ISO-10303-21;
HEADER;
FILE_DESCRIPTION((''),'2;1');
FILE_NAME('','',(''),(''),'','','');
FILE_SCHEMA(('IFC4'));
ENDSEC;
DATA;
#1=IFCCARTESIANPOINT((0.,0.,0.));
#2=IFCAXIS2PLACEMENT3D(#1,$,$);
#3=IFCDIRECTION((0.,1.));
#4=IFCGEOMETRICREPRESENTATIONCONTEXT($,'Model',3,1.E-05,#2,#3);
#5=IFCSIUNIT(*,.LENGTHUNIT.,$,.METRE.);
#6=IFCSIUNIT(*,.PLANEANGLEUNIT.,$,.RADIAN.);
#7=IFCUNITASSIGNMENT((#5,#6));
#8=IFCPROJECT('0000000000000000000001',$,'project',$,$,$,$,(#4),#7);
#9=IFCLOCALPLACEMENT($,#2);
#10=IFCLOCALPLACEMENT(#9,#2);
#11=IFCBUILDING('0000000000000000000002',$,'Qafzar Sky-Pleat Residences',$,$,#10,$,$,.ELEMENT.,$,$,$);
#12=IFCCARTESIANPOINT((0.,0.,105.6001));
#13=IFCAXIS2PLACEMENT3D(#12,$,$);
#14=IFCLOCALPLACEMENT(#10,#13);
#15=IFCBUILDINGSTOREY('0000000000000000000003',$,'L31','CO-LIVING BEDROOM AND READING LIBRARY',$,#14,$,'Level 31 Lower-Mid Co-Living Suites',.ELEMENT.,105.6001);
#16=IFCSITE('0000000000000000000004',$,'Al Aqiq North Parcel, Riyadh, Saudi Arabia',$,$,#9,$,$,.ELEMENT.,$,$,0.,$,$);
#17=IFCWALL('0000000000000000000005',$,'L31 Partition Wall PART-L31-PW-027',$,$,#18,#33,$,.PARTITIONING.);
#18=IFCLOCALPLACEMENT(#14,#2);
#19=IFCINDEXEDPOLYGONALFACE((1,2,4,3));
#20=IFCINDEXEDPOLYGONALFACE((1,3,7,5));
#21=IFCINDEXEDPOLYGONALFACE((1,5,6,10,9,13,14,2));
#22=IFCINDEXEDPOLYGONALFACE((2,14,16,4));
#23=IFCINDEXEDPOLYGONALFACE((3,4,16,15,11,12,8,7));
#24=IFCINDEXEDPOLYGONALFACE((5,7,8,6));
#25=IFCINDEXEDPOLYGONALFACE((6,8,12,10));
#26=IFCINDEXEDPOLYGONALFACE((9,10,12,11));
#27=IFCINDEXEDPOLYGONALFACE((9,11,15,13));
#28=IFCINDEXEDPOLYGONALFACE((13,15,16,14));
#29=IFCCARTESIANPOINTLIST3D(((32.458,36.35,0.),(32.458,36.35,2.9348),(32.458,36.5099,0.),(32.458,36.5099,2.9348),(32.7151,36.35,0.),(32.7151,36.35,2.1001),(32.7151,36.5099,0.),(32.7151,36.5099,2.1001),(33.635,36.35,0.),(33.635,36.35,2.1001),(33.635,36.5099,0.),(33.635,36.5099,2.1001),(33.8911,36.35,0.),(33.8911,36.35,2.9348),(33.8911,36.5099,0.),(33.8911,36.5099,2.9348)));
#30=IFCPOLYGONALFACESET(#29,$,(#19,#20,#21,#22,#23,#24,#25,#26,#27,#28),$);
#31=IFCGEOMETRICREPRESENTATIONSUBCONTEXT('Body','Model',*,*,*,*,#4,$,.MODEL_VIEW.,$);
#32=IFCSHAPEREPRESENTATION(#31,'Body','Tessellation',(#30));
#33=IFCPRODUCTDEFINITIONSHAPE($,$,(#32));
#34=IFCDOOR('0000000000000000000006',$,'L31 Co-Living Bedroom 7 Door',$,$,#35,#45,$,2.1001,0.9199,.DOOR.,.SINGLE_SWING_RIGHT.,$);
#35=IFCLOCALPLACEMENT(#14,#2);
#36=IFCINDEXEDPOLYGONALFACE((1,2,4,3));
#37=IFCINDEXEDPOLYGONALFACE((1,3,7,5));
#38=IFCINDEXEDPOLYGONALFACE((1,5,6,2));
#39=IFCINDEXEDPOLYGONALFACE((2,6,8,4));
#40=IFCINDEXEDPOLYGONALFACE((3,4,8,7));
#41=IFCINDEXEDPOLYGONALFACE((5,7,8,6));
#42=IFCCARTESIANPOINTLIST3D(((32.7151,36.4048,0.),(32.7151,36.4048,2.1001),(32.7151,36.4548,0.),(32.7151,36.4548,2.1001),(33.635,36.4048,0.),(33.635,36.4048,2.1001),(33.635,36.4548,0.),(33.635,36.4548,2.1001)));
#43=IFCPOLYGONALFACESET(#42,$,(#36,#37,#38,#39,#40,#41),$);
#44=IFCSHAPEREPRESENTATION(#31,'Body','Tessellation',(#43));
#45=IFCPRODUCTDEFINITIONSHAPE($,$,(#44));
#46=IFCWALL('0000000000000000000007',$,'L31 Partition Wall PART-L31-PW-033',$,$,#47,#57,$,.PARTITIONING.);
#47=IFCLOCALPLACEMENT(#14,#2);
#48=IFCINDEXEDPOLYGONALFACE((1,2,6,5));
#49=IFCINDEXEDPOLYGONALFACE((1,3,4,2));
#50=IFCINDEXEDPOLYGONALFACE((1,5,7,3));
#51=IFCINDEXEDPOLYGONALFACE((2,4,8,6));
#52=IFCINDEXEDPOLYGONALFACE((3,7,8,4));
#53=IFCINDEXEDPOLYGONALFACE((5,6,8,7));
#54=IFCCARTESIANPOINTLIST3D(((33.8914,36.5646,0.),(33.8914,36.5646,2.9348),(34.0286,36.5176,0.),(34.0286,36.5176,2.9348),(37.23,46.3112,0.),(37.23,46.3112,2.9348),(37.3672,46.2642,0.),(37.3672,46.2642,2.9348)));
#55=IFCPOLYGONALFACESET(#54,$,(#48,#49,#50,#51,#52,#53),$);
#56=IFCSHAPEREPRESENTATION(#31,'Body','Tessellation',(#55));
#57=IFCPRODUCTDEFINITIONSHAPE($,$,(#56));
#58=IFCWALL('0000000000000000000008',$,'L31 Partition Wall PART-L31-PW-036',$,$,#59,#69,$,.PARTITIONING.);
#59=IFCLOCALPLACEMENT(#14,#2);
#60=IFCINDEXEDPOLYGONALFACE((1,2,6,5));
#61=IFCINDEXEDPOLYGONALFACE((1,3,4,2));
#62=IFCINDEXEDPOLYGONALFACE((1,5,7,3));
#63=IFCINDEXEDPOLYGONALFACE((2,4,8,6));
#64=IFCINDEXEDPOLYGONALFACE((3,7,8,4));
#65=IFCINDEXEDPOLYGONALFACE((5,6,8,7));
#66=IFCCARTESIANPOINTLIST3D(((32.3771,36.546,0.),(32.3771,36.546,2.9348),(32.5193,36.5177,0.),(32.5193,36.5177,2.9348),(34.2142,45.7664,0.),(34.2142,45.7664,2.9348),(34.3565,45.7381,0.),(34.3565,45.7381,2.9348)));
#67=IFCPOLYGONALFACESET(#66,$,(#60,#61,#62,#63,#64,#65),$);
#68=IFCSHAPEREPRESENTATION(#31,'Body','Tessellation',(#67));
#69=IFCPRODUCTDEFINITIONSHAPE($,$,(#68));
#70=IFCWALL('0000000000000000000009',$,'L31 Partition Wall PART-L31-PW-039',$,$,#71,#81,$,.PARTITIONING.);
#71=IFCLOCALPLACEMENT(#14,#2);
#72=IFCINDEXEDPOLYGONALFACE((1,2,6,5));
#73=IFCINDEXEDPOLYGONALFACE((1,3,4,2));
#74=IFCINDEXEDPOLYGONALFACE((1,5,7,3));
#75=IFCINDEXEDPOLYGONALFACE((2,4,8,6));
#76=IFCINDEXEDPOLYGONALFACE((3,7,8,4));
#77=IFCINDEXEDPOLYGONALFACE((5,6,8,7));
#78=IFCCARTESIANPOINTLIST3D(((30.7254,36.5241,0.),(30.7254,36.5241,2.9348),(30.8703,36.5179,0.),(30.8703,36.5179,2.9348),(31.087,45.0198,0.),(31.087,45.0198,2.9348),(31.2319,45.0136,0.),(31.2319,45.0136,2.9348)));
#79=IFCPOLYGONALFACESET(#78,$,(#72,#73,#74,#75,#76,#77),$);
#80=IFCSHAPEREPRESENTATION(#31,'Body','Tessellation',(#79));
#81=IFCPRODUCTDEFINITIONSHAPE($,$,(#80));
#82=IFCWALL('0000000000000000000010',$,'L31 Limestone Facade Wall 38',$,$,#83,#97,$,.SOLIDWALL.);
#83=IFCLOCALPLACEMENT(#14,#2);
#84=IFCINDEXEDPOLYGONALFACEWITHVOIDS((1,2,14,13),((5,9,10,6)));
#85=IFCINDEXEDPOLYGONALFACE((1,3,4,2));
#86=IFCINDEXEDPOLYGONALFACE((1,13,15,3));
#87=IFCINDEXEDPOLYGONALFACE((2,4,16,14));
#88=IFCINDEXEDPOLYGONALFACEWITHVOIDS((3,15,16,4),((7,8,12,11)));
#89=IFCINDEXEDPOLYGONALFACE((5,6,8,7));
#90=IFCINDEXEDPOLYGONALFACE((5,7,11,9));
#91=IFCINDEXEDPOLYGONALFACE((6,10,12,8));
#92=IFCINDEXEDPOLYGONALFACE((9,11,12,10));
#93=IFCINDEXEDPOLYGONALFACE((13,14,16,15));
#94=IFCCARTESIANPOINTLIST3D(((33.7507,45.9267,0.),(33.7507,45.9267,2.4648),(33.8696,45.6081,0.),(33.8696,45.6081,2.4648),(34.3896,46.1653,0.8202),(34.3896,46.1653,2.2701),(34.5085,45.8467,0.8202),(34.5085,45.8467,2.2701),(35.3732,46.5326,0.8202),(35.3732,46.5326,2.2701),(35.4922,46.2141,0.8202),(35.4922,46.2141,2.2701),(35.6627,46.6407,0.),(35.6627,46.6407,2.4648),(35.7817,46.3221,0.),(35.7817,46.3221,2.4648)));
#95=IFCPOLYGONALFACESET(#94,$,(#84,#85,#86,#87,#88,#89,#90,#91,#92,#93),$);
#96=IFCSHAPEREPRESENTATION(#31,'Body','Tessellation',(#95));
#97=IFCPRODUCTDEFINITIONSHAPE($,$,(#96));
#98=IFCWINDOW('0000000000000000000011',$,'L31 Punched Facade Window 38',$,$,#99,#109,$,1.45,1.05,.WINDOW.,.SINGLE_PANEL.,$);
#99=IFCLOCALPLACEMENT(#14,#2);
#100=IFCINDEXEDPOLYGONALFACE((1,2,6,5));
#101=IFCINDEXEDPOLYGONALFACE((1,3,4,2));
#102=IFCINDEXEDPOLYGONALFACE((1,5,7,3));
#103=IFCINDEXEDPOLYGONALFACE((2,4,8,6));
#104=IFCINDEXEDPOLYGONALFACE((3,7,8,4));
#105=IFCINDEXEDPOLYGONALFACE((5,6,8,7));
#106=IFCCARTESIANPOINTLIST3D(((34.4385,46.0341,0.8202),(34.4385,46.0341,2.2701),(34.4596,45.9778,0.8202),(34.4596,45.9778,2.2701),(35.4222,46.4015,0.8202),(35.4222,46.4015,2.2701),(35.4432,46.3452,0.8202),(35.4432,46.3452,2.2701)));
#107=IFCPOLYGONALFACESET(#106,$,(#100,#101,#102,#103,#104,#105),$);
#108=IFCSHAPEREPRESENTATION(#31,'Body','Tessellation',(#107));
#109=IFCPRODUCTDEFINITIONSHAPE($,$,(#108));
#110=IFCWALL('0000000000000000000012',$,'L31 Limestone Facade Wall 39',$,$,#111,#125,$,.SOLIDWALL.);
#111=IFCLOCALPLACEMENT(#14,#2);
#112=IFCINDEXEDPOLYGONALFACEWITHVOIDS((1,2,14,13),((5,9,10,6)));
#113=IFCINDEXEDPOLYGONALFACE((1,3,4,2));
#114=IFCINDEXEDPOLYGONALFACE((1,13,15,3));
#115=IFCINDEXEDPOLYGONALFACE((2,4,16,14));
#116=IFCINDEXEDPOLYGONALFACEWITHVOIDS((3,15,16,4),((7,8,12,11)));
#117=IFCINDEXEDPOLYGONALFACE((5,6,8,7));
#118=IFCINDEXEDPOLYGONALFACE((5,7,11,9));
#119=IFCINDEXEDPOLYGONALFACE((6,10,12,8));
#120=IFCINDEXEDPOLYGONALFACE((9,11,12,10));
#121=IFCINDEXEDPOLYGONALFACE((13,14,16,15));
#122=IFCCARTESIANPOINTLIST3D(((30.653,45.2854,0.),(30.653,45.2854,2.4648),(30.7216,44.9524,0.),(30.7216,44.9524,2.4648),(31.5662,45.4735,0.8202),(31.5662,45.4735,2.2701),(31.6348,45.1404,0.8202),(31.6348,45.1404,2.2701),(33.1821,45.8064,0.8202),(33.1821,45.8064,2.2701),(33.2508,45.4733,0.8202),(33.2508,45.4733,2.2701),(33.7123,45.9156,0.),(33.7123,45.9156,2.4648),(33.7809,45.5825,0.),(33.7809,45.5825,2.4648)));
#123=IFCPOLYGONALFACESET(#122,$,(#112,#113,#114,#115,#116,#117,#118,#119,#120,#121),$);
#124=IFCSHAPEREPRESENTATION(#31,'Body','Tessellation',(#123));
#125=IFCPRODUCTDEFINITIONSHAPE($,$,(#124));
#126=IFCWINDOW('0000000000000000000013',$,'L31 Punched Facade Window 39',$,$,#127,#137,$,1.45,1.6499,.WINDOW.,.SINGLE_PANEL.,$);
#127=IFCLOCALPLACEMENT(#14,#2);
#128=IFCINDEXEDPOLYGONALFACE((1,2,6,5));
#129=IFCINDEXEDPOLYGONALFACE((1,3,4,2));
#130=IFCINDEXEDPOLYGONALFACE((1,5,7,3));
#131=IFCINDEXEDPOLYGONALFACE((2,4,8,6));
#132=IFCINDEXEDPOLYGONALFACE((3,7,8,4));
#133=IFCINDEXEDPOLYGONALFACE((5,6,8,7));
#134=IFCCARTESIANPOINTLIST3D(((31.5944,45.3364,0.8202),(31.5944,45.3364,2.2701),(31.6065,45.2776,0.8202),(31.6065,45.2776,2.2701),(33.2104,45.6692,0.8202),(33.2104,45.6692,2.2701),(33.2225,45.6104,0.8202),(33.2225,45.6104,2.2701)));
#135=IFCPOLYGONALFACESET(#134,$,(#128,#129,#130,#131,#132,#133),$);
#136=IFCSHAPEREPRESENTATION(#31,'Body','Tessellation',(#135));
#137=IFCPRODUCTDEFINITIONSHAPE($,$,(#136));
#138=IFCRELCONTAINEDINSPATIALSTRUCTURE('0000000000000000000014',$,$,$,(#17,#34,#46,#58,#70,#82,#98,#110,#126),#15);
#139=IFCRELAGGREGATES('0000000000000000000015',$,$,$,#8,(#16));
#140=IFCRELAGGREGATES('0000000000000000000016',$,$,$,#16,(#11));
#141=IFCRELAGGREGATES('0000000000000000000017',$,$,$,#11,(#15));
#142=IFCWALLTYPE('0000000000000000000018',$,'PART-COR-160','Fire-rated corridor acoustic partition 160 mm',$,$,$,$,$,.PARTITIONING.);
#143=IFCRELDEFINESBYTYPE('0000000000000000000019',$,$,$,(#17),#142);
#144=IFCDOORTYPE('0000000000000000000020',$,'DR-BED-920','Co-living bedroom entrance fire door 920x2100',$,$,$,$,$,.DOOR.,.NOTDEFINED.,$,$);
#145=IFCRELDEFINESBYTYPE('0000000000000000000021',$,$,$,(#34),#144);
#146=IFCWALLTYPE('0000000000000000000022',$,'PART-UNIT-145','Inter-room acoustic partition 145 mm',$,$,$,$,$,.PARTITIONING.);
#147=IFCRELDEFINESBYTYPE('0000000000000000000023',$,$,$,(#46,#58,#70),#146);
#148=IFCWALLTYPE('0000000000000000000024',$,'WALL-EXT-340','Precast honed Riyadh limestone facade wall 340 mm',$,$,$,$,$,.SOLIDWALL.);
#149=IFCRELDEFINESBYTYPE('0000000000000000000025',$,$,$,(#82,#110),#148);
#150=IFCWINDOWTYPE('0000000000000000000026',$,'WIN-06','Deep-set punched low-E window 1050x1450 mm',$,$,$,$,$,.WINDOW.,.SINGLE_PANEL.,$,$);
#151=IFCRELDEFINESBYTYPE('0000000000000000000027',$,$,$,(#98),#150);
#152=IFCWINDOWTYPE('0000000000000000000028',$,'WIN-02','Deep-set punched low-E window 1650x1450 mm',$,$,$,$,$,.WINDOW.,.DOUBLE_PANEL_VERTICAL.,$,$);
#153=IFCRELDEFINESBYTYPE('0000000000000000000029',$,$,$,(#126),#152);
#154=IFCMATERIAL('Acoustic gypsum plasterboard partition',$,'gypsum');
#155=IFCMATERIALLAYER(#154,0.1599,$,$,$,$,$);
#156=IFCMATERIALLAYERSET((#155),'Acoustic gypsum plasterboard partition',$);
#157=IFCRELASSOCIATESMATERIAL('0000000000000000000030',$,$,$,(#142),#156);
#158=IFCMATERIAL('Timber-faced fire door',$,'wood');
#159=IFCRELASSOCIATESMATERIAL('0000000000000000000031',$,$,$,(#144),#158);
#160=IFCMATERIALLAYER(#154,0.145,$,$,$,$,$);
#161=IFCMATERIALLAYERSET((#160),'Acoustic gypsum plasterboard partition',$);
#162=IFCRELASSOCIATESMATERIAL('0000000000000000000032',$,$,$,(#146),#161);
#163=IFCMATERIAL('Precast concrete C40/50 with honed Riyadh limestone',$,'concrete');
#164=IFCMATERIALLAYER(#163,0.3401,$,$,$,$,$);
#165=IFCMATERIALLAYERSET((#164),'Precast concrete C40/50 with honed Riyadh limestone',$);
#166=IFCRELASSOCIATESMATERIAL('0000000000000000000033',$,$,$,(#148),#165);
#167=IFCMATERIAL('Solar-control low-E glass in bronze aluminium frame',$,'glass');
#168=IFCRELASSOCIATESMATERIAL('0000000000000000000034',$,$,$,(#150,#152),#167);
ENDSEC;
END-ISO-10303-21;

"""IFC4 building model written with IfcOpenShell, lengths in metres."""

from ifc_helpers import new_model, si_unit, direction, frame, frame_2d, origin, place, context, subcontext, project, spatial, rectangle, extrude, source, transform, mapped, material, layer, layer_set, type_object, element, fill, save


model = new_model("IFC4")

# Units and contexts
model_context = context("Model", 3, precision=1e-05, world=origin(), true_north=direction((0.0, 1.0)))
body_context = subcontext(model_context, "Body", "Model", "MODEL_VIEW")
ifc_project = project(units=[si_unit("LENGTHUNIT", "METRE"), si_unit("PLANEANGLEUNIT", "RADIAN")], contexts=[model_context])

# Site, building, storey
site_placement = place(None, origin())
site = spatial("IfcSite", under=ifc_project, at=site_placement, Name="Al Aqiq North Parcel, Riyadh, Saudi Arabia", CompositionType="ELEMENT", RefElevation=0.0)
building_placement = place(site_placement, origin())
building = spatial("IfcBuilding", under=site, at=building_placement, Name="Qafzar Sky-Pleat Residences", CompositionType="ELEMENT")
storey_placement = place(building_placement, frame((0.0, 0.0, 105.6001)))
storey = spatial("IfcBuildingStorey", under=building, at=storey_placement, Name="L31", Description="CO-LIVING BEDROOM AND READING LIBRARY", LongName="Level 31 Lower-Mid Co-Living Suites", CompositionType="ELEMENT", Elevation=105.6001)

# Wall, opening, door
ifc_material_1 = material(Name="Acoustic gypsum plasterboard partition", Category="gypsum")
ifc_layer_1 = layer(ifc_material_1, 0.1599)
ifc_layer_set_1 = layer_set([ifc_layer_1], Name="Acoustic gypsum plasterboard partition")
wall_type_1 = type_object("IfcWallType", Name="PART-COR-160", Description="Fire-rated corridor acoustic partition 160 mm", PredefinedType="PARTITIONING", material=ifc_layer_set_1)
ifc_material_2 = material(Name="Timber-faced fire door", Category="wood")
door_type_1 = type_object("IfcDoorType", Name="DR-BED-920", Description="Co-living bedroom entrance fire door 920x2100", OperationType="NOTDEFINED", PredefinedType="DOOR", material=ifc_material_2)
shared_shape_1 = source(origin(), body_context, "Body", "SweptSolid", [
    extrude(rectangle(XDim=0.9199, YDim=2.1001, at=frame_2d((0.46, 1.05))), frame((0.0, 0.0249, 0.0), z_axis=(0.0, -1.0, 0.0), x_axis=(1.0, 0.0, 0.0)), (0.0, 0.0, 1.0), 0.05),
])
wall_1_placement = place(storey_placement, frame((32.458, 36.4299, 0.0), z_axis=(0.0, 0.0, 1.0), x_axis=(1.0, 0.0, 0.0)))
wall_1 = element("IfcWall", 1, at=wall_1_placement, inside=storey, type_object=wall_type_1, Name="L31 Partition Wall PART-L31-PW-027", PredefinedType="PARTITIONING", context=body_context, shape_type="SweptSolid", body=[
    extrude(rectangle(XDim=1.4331, YDim=0.1599, at=frame_2d((0.7166, 0.0))), origin(), (0.0, 0.0, 1.0), 2.9348),
])
opening_1_placement = place(wall_1_placement, frame((0.2571, 0.0, 0.0)))
opening_1 = element("IfcOpeningElement", 2, at=opening_1_placement, cuts=wall_1, PredefinedType="OPENING", context=body_context, shape_type="SweptSolid", body=[
    extrude(rectangle(XDim=0.9199, YDim=2.1001, at=frame_2d((0.46, 1.05))), frame((0.0, 0.0898, 0.0), z_axis=(0.0, -1.0, 0.0), x_axis=(1.0, 0.0, 0.0)), (0.0, 0.0, 1.0), 0.1799),
])
door_1_placement = place(opening_1_placement, origin())
door_1 = element("IfcDoor", 3, at=door_1_placement, inside=storey, type_object=door_type_1, Name="L31 Co-Living Bedroom 7 Door", OperationType="SINGLE_SWING_RIGHT", OverallHeight=2.1001, OverallWidth=0.9199, PredefinedType="DOOR", context=body_context, shape_type="MappedRepresentation", body=[
    mapped(shared_shape_1, transform((0.0, 0.0, 0.0), x_axis=(1.0, 0.0, 0.0), y_axis=(0.0, 1.0, 0.0), z_axis=(0.0, 0.0, 1.0), scale=1.0)),
])
fill(opening_1, door_1)

# Walls
ifc_layer_2 = layer(ifc_material_1, 0.145)
ifc_layer_set_2 = layer_set([ifc_layer_2], Name="Acoustic gypsum plasterboard partition")
wall_type_2 = type_object("IfcWallType", Name="PART-UNIT-145", Description="Inter-room acoustic partition 145 mm", PredefinedType="PARTITIONING", material=ifc_layer_set_2)
wall_2_placement = place(storey_placement, frame((33.96, 36.541, 0.0), z_axis=(0.0, 0.0, 1.0), x_axis=(0.324058, 0.946037, 0.0)))
element("IfcWall", 4, at=wall_2_placement, inside=storey, type_object=wall_type_2, Name="L31 Partition Wall PART-L31-PW-033", PredefinedType="PARTITIONING", context=body_context, shape_type="SweptSolid", body=[
    extrude(rectangle(XDim=10.3025, YDim=0.145, at=frame_2d((5.1514, 0.0))), origin(), (0.0, 0.0, 1.0), 2.9348),
])
wall_3_placement = place(storey_placement, frame((32.4482, 36.532, 0.0), z_axis=(0.0, 0.0, 1.0), x_axis=(0.195407, 0.980722, 0.0)))
element("IfcWall", 5, at=wall_3_placement, inside=storey, type_object=wall_type_2, Name="L31 Partition Wall PART-L31-PW-036", PredefinedType="PARTITIONING", context=body_context, shape_type="SweptSolid", body=[
    extrude(rectangle(XDim=9.4016, YDim=0.145, at=frame_2d((4.7007, 0.0))), origin(), (0.0, 0.0, 1.0), 2.9348),
])
wall_4_placement = place(storey_placement, frame((30.7979, 36.521, 0.0), z_axis=(0.0, 0.0, 1.0), x_axis=(0.042521, 0.999096, 0.0)))
element("IfcWall", 6, at=wall_4_placement, inside=storey, type_object=wall_type_2, Name="L31 Partition Wall PART-L31-PW-039", PredefinedType="PARTITIONING", context=body_context, shape_type="SweptSolid", body=[
    extrude(rectangle(XDim=8.5034, YDim=0.145, at=frame_2d((4.2517, 0.0))), origin(), (0.0, 0.0, 1.0), 2.9348),
])

# Walls, openings, windows
ifc_material_3 = material(Name="Precast concrete C40/50 with honed Riyadh limestone", Category="concrete")
ifc_layer_3 = layer(ifc_material_3, 0.3401)
ifc_layer_set_3 = layer_set([ifc_layer_3], Name="Precast concrete C40/50 with honed Riyadh limestone")
wall_type_3 = type_object("IfcWallType", Name="WALL-EXT-340", Description="Precast honed Riyadh limestone facade wall 340 mm", PredefinedType="SOLIDWALL", material=ifc_layer_set_3)
wall_5_placement = place(storey_placement, frame((35.7222, 46.4814, 0.0), z_axis=(0.0, 0.0, 1.0), x_axis=(-0.9368, -0.349865, 0.0)))
wall_5 = element("IfcWall", 7, at=wall_5_placement, inside=storey, type_object=wall_type_3, Name="L31 Limestone Facade Wall 38", PredefinedType="SOLIDWALL", context=body_context, shape_type="SweptSolid", body=[
    extrude(rectangle(XDim=2.041, YDim=0.3401, at=frame_2d((1.0205, 0.0))), origin(), (0.0, 0.0, 1.0), 2.4648),
])
opening_2_placement = place(wall_5_placement, frame((0.3091, 0.0, 0.8201)))
opening_2 = element("IfcOpeningElement", 8, at=opening_2_placement, cuts=wall_5, PredefinedType="OPENING", context=body_context, shape_type="SweptSolid", body=[
    extrude(rectangle(XDim=1.05, YDim=1.45, at=frame_2d((0.5249, 0.7251))), frame((0.0, 0.1802, 0.0), z_axis=(0.0, -1.0, 0.0), x_axis=(1.0, 0.0, 0.0)), (0.0, 0.0, 1.0), 0.3601),
])
ifc_material_4 = material(Name="Solar-control low-E glass in bronze aluminium frame", Category="glass")
window_type_1 = type_object("IfcWindowType", Name="WIN-06", Description="Deep-set punched low-E window 1050x1450 mm", PartitioningType="SINGLE_PANEL", PredefinedType="WINDOW", material=ifc_material_4)
shared_shape_2 = source(origin(), body_context, "Body", "SweptSolid", [
    extrude(rectangle(XDim=1.05, YDim=1.45, at=frame_2d((0.5249, 0.7251))), frame((0.0, 0.03, 0.0), z_axis=(0.0, -1.0, 0.0), x_axis=(1.0, 0.0, 0.0)), (0.0, 0.0, 1.0), 0.0601),
])
window_1_placement = place(opening_2_placement, origin())
window_1 = element("IfcWindow", 9, at=window_1_placement, inside=storey, type_object=window_type_1, Name="L31 Punched Facade Window 38", OverallHeight=1.45, OverallWidth=1.05, PartitioningType="SINGLE_PANEL", PredefinedType="WINDOW", context=body_context, shape_type="MappedRepresentation", body=[
    mapped(shared_shape_2, transform((0.0, 0.0, 0.0), x_axis=(1.0, 0.0, 0.0), y_axis=(0.0, 1.0, 0.0), z_axis=(0.0, 0.0, 1.0), scale=1.0)),
])
fill(opening_2, window_1)
wall_6_placement = place(storey_placement, frame((33.7466, 45.749, 0.0), z_axis=(0.0, 0.0, 1.0), x_axis=(-0.97944, -0.201735, 0.0)))
wall_6 = element("IfcWall", 10, at=wall_6_placement, inside=storey, type_object=wall_type_3, Name="L31 Limestone Facade Wall 39", PredefinedType="SOLIDWALL", context=body_context, shape_type="SweptSolid", body=[
    extrude(rectangle(XDim=3.1235, YDim=0.3401, at=frame_2d((1.5618, 0.0))), origin(), (0.0, 0.0, 1.0), 2.4648),
])
opening_3_placement = place(wall_6_placement, frame((0.5413, 0.0, 0.8201)))
opening_3 = element("IfcOpeningElement", 11, at=opening_3_placement, cuts=wall_6, PredefinedType="OPENING", context=body_context, shape_type="SweptSolid", body=[
    extrude(rectangle(XDim=1.6499, YDim=1.45, at=frame_2d((0.825, 0.7251))), frame((0.0, 0.1802, 0.0), z_axis=(0.0, -1.0, 0.0), x_axis=(1.0, 0.0, 0.0)), (0.0, 0.0, 1.0), 0.3601),
])
window_type_2 = type_object("IfcWindowType", Name="WIN-02", Description="Deep-set punched low-E window 1650x1450 mm", PartitioningType="DOUBLE_PANEL_VERTICAL", PredefinedType="WINDOW", material=ifc_material_4)
shared_shape_3 = source(origin(), body_context, "Body", "SweptSolid", [
    extrude(rectangle(XDim=1.6499, YDim=1.45, at=frame_2d((0.825, 0.7251))), frame((0.0, 0.03, 0.0), z_axis=(0.0, -1.0, 0.0), x_axis=(1.0, 0.0, 0.0)), (0.0, 0.0, 1.0), 0.0601),
])
window_2_placement = place(opening_3_placement, origin())
window_2 = element("IfcWindow", 12, at=window_2_placement, inside=storey, type_object=window_type_2, Name="L31 Punched Facade Window 39", OverallHeight=1.45, OverallWidth=1.6499, PartitioningType="SINGLE_PANEL", PredefinedType="WINDOW", context=body_context, shape_type="MappedRepresentation", body=[
    mapped(shared_shape_3, transform((0.0, 0.0, 0.0), x_axis=(1.0, 0.0, 0.0), y_axis=(0.0, 1.0, 0.0), z_axis=(0.0, 0.0, 1.0), scale=1.0)),
])
fill(opening_3, window_2)

save(model, "model.ifc")
